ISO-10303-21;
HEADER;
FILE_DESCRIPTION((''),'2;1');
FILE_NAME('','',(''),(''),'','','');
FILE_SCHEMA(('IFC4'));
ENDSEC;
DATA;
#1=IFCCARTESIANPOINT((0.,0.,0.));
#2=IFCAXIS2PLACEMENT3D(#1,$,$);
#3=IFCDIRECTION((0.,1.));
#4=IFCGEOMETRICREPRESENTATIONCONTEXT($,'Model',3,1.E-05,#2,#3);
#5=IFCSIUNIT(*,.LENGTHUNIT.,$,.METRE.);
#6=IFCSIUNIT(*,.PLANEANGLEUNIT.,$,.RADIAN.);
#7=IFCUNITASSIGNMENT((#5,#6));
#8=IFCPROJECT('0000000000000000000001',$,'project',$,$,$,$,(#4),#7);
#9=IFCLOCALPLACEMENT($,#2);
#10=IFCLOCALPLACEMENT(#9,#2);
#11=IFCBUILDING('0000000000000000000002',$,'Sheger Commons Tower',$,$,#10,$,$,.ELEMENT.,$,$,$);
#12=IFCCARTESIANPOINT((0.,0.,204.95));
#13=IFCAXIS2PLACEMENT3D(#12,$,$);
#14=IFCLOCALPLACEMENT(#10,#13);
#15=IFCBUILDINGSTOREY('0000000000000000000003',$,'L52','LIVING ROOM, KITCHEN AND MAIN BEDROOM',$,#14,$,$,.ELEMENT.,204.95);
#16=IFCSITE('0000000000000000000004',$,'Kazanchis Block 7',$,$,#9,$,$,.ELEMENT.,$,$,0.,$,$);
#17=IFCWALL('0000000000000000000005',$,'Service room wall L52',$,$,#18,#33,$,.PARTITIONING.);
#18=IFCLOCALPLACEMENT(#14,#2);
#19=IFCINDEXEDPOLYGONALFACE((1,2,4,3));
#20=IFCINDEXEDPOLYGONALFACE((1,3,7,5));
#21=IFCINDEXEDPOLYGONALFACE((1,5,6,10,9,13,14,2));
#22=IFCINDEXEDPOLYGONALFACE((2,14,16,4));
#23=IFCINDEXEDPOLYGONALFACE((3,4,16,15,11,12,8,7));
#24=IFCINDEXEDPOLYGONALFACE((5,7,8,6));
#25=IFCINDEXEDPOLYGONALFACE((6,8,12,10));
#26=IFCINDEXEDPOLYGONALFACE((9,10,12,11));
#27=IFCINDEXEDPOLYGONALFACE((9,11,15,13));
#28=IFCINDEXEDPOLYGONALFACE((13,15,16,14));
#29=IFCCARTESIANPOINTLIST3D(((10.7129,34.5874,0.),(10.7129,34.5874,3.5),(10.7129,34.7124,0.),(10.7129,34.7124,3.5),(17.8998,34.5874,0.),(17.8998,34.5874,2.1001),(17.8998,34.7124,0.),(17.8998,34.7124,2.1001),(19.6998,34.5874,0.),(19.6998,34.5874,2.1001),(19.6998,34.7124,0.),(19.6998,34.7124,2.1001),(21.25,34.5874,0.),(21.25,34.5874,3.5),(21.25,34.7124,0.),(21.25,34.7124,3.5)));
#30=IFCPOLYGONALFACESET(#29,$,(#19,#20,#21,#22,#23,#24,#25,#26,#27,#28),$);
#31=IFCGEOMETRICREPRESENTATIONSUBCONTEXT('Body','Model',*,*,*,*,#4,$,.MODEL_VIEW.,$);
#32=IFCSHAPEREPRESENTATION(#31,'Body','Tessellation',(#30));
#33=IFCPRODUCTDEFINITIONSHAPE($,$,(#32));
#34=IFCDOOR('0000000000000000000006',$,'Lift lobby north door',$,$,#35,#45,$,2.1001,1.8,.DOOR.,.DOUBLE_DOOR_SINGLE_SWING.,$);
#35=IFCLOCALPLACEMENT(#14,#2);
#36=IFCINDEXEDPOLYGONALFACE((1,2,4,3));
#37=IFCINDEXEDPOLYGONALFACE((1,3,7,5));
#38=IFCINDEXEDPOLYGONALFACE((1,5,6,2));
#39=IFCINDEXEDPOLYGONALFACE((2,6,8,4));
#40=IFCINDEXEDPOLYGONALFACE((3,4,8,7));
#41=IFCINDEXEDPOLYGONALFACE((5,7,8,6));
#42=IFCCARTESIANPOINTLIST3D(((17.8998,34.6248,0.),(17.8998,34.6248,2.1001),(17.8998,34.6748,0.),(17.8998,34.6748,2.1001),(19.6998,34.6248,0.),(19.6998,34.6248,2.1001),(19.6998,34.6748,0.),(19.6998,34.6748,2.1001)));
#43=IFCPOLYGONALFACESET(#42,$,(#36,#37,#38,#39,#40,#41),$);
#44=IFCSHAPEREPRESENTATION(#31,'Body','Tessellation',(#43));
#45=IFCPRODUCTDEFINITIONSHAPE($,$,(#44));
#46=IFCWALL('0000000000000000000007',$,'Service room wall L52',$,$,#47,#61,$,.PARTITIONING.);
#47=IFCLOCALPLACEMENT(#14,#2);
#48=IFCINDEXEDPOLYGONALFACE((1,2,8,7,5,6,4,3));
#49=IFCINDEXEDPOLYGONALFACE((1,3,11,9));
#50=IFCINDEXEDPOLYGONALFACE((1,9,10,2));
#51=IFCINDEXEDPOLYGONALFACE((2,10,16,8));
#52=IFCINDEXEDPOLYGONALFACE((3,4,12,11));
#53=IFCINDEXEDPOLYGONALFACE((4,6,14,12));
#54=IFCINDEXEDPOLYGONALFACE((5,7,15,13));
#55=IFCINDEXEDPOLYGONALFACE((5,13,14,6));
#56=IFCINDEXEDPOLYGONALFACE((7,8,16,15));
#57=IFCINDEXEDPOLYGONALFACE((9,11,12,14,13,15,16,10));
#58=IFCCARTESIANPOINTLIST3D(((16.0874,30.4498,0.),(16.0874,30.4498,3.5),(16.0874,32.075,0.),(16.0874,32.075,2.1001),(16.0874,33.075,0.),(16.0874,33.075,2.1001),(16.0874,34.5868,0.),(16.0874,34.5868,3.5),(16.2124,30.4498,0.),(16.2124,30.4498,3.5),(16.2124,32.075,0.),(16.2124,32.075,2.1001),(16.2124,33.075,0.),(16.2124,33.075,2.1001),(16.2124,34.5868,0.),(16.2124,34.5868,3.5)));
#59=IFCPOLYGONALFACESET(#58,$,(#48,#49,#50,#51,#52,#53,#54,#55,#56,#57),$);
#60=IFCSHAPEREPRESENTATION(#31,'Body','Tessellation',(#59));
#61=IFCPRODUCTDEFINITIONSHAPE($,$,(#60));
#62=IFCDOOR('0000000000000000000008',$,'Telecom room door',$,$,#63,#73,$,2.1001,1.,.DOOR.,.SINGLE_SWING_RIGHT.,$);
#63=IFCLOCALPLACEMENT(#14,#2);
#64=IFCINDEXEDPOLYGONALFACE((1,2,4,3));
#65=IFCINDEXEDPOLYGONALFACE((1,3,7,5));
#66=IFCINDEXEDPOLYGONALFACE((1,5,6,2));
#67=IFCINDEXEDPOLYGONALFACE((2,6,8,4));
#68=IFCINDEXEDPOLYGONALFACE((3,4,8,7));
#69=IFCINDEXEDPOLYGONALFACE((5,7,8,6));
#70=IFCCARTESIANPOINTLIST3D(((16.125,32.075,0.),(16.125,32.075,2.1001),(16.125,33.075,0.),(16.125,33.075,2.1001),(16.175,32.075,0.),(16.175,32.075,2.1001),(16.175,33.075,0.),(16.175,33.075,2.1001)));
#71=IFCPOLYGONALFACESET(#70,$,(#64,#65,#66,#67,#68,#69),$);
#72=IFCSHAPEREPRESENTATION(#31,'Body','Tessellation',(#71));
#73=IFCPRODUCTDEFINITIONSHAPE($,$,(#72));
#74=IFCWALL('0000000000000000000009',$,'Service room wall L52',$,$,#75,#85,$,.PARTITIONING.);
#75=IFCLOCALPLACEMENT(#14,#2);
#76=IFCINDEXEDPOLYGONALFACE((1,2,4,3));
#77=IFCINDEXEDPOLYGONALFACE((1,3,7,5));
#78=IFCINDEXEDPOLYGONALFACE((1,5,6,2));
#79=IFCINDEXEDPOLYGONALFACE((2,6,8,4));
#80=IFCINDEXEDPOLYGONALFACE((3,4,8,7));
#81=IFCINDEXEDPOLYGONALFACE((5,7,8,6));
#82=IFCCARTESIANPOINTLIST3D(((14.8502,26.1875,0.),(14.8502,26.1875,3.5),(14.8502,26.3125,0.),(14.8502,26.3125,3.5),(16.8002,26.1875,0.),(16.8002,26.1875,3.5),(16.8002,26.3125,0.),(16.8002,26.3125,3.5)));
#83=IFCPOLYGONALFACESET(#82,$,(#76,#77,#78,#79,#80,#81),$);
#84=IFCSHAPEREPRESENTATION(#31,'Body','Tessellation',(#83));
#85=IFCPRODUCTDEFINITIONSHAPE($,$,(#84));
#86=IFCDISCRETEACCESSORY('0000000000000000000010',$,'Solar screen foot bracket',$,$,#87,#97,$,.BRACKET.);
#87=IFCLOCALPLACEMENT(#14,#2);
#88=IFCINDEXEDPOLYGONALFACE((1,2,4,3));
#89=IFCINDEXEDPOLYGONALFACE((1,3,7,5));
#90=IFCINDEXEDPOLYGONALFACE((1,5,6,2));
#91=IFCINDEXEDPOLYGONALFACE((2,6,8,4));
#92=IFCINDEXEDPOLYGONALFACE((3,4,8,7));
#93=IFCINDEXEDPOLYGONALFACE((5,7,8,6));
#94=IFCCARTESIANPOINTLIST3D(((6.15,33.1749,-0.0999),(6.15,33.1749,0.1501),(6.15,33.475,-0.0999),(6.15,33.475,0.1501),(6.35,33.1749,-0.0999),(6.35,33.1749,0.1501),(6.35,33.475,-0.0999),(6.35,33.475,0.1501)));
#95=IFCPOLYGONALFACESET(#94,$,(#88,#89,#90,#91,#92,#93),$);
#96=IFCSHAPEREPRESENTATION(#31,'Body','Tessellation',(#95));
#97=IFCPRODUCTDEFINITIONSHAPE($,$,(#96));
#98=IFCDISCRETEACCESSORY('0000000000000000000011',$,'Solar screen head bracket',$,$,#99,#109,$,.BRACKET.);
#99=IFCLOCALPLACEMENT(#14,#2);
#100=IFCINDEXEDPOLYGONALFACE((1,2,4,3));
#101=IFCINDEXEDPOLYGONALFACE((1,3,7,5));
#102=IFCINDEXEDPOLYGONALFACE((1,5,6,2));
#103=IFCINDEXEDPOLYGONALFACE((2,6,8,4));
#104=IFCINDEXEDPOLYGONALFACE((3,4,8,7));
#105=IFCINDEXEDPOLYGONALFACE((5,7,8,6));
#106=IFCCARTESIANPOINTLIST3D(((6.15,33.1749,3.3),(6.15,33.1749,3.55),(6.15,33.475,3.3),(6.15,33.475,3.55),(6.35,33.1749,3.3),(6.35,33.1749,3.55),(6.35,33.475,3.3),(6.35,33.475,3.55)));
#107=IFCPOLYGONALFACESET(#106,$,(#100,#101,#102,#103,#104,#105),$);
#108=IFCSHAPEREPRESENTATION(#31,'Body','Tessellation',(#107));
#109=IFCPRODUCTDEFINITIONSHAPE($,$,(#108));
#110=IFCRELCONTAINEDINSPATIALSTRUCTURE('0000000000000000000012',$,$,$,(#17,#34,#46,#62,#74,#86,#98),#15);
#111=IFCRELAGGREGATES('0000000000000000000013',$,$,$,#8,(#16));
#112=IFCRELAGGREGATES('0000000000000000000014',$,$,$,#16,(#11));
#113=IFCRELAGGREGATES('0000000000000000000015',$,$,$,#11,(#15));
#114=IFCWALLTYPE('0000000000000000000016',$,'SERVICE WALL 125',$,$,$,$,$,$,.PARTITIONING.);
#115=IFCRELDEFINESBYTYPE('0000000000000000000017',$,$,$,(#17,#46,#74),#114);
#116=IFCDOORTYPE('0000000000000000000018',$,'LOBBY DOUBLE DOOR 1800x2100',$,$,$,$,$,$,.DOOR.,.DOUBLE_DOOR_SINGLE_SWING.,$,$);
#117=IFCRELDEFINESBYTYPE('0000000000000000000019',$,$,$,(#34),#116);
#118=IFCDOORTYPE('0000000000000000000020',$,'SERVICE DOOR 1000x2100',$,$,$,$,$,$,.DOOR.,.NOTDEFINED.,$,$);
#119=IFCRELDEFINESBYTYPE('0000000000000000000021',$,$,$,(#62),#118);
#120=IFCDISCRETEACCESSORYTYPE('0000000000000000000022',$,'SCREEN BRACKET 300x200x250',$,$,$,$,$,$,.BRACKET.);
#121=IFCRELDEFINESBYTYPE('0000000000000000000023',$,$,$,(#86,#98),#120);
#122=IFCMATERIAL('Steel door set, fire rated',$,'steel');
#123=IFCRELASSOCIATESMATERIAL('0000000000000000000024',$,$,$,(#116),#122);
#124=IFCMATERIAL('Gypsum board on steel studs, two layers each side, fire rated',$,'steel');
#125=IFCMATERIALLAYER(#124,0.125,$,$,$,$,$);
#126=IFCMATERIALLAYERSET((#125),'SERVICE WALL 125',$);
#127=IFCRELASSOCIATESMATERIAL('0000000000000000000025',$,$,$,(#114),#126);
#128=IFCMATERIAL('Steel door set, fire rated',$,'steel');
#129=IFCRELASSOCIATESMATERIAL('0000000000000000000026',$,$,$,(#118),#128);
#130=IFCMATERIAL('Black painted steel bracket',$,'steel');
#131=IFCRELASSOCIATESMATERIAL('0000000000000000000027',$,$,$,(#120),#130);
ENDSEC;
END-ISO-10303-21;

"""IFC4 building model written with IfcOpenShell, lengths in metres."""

from ifc_helpers import new_model, si_unit, direction, frame, frame_2d, origin, origin_2d, place, context, subcontext, project, spatial, rectangle, extrude, material, layer, layer_set, type_object, element, fill, save


model = new_model("IFC4")

# Units and contexts
model_context = context("Model", 3, precision=1e-05, world=origin(), true_north=direction((0.0, 1.0)))
body_context = subcontext(model_context, "Body", "Model", "MODEL_VIEW")
ifc_project = project(units=[si_unit("LENGTHUNIT", "METRE"), si_unit("PLANEANGLEUNIT", "RADIAN")], contexts=[model_context])

# Site, building, storey
site_placement = place(None, origin())
site = spatial("IfcSite", under=ifc_project, at=site_placement, Name="Kazanchis Block 7", CompositionType="ELEMENT", RefElevation=0.0)
building_placement = place(site_placement, origin())
building = spatial("IfcBuilding", under=site, at=building_placement, Name="Sheger Commons Tower", CompositionType="ELEMENT")
storey_placement = place(building_placement, frame((0.0, 0.0, 204.95)))
storey = spatial("IfcBuildingStorey", under=building, at=storey_placement, Name="L52", Description="LIVING ROOM, KITCHEN AND MAIN BEDROOM", CompositionType="ELEMENT", Elevation=204.95)

# Shared definitions
ifc_material_1 = material(Name="Steel door set, fire rated", Category="steel")
door_type_1 = type_object("IfcDoorType", Name="LOBBY DOUBLE DOOR 1800x2100", OperationType="DOUBLE_DOOR_SINGLE_SWING", PredefinedType="DOOR", material=ifc_material_1)

# Shared definitions
ifc_material_2 = material(Name="Gypsum board on steel studs, two layers each side, fire rated", Category="steel")
ifc_layer_1 = layer(ifc_material_2, 0.125)
ifc_layer_set_1 = layer_set([ifc_layer_1], Name="SERVICE WALL 125")
wall_type_1 = type_object("IfcWallType", Name="SERVICE WALL 125", PredefinedType="PARTITIONING", material=ifc_layer_set_1)

# Walls, openings, doors
wall_1_placement = place(storey_placement, frame((10.7129, 34.6499, 0.0), z_axis=(0.0, 0.0, 1.0), x_axis=(1.0, 0.0, 0.0)))
wall_1 = element("IfcWall", 1, at=wall_1_placement, inside=storey, type_object=wall_type_1, Name="Service room wall L52", PredefinedType="PARTITIONING", context=body_context, shape_type="SweptSolid", body=[
    extrude(rectangle(XDim=10.5371, YDim=0.125, at=frame_2d((5.2686, 0.0))), origin(), (0.0, 0.0, 1.0), 3.5),
])
opening_1_placement = place(wall_1_placement, frame((7.187, 0.0, 0.0)))
opening_1 = element("IfcOpeningElement", 2, at=opening_1_placement, cuts=wall_1, PredefinedType="OPENING", context=body_context, shape_type="SweptSolid", body=[
    extrude(rectangle(XDim=1.8, YDim=2.1001, at=frame_2d((0.8999, 1.05))), frame((0.0, 0.0725, 0.0), z_axis=(0.0, -1.0, 0.0), x_axis=(1.0, 0.0, 0.0)), (0.0, 0.0, 1.0), 0.145),
])
door_1_placement = place(opening_1_placement, origin())
door_1 = element("IfcDoor", 3, at=door_1_placement, inside=storey, type_object=door_type_1, Name="Lift lobby north door", OperationType="DOUBLE_DOOR_SINGLE_SWING", OverallHeight=2.1001, OverallWidth=1.8, PredefinedType="DOOR", context=body_context, shape_type="SweptSolid", body=[
    extrude(rectangle(XDim=1.8, YDim=2.1001, at=frame_2d((0.8999, 1.05))), frame((0.0, 0.0249, 0.0), z_axis=(0.0, -1.0, 0.0), x_axis=(1.0, 0.0, 0.0)), (0.0, 0.0, 1.0), 0.05),
])
fill(opening_1, door_1)
wall_2_placement = place(storey_placement, frame((16.1499, 30.45, 0.0), z_axis=(0.0, 0.0, 1.0), x_axis=(0.0, 1.0, 0.0)))
wall_2 = element("IfcWall", 4, at=wall_2_placement, inside=storey, type_object=wall_type_1, Name="Service room wall L52", PredefinedType="PARTITIONING", context=body_context, shape_type="SweptSolid", body=[
    extrude(rectangle(XDim=4.137, YDim=0.125, at=frame_2d((2.0684, 0.0))), origin(), (0.0, 0.0, 1.0), 3.5),
])
opening_2_placement = place(wall_2_placement, frame((1.625, 0.0, 0.0)))
opening_2 = element("IfcOpeningElement", 5, at=opening_2_placement, cuts=wall_2, PredefinedType="OPENING", context=body_context, shape_type="SweptSolid", body=[
    extrude(rectangle(XDim=1.0, YDim=2.1001, at=frame_2d((0.5, 1.05))), frame((0.0, 0.0725, 0.0), z_axis=(0.0, -1.0, 0.0), x_axis=(1.0, 0.0, 0.0)), (0.0, 0.0, 1.0), 0.145),
])
ifc_material_3 = material(Name="Steel door set, fire rated", Category="steel")
door_type_2 = type_object("IfcDoorType", Name="SERVICE DOOR 1000x2100", OperationType="NOTDEFINED", PredefinedType="DOOR", material=ifc_material_3)
door_2_placement = place(opening_2_placement, origin())
door_2 = element("IfcDoor", 6, at=door_2_placement, inside=storey, type_object=door_type_2, Name="Telecom room door", OperationType="SINGLE_SWING_RIGHT", OverallHeight=2.1001, OverallWidth=1.0, PredefinedType="DOOR", context=body_context, shape_type="SweptSolid", body=[
    extrude(rectangle(XDim=1.0, YDim=2.1001, at=frame_2d((0.5, 1.05))), frame((0.0, 0.0249, 0.0), z_axis=(0.0, -1.0, 0.0), x_axis=(1.0, 0.0, 0.0)), (0.0, 0.0, 1.0), 0.05),
])
fill(opening_2, door_2)

# Wall
wall_3_placement = place(storey_placement, frame((14.8501, 26.25, 0.0), z_axis=(0.0, 0.0, 1.0), x_axis=(1.0, 0.0, 0.0)))
element("IfcWall", 7, at=wall_3_placement, inside=storey, type_object=wall_type_1, Name="Service room wall L52", PredefinedType="PARTITIONING", context=body_context, shape_type="SweptSolid", body=[
    extrude(rectangle(XDim=1.95, YDim=0.125, at=frame_2d((0.9751, 0.0))), origin(), (0.0, 0.0, 1.0), 3.5),
])

# Discrete accessories
ifc_material_4 = material(Name="Black painted steel bracket", Category="steel")
discrete_accessory_type = type_object("IfcDiscreteAccessoryType", Name="SCREEN BRACKET 300x200x250", PredefinedType="BRACKET", material=ifc_material_4)
for number, where, z_axis, x_axis, name in (
    (8, (6.25, 33.325, -0.0999), (0.0, 0.0, 1.0), (0.0, -1.0, 0.0), "Solar screen foot bracket"),
    (9, (6.25, 33.325, 3.3), (0.0, 0.0, 1.0), (0.0, -1.0, 0.0), "Solar screen head bracket"),
):
    element("IfcDiscreteAccessory", number, at=place(storey_placement, frame(where, z_axis=z_axis, x_axis=x_axis)), inside=storey, type_object=discrete_accessory_type, Name=name, PredefinedType="BRACKET", context=body_context, shape_type="SweptSolid", body=[
        extrude(rectangle(XDim=0.3, YDim=0.2, at=origin_2d()), origin(), (0.0, 0.0, 1.0), 0.25),
    ])

save(model, "model.ifc")
